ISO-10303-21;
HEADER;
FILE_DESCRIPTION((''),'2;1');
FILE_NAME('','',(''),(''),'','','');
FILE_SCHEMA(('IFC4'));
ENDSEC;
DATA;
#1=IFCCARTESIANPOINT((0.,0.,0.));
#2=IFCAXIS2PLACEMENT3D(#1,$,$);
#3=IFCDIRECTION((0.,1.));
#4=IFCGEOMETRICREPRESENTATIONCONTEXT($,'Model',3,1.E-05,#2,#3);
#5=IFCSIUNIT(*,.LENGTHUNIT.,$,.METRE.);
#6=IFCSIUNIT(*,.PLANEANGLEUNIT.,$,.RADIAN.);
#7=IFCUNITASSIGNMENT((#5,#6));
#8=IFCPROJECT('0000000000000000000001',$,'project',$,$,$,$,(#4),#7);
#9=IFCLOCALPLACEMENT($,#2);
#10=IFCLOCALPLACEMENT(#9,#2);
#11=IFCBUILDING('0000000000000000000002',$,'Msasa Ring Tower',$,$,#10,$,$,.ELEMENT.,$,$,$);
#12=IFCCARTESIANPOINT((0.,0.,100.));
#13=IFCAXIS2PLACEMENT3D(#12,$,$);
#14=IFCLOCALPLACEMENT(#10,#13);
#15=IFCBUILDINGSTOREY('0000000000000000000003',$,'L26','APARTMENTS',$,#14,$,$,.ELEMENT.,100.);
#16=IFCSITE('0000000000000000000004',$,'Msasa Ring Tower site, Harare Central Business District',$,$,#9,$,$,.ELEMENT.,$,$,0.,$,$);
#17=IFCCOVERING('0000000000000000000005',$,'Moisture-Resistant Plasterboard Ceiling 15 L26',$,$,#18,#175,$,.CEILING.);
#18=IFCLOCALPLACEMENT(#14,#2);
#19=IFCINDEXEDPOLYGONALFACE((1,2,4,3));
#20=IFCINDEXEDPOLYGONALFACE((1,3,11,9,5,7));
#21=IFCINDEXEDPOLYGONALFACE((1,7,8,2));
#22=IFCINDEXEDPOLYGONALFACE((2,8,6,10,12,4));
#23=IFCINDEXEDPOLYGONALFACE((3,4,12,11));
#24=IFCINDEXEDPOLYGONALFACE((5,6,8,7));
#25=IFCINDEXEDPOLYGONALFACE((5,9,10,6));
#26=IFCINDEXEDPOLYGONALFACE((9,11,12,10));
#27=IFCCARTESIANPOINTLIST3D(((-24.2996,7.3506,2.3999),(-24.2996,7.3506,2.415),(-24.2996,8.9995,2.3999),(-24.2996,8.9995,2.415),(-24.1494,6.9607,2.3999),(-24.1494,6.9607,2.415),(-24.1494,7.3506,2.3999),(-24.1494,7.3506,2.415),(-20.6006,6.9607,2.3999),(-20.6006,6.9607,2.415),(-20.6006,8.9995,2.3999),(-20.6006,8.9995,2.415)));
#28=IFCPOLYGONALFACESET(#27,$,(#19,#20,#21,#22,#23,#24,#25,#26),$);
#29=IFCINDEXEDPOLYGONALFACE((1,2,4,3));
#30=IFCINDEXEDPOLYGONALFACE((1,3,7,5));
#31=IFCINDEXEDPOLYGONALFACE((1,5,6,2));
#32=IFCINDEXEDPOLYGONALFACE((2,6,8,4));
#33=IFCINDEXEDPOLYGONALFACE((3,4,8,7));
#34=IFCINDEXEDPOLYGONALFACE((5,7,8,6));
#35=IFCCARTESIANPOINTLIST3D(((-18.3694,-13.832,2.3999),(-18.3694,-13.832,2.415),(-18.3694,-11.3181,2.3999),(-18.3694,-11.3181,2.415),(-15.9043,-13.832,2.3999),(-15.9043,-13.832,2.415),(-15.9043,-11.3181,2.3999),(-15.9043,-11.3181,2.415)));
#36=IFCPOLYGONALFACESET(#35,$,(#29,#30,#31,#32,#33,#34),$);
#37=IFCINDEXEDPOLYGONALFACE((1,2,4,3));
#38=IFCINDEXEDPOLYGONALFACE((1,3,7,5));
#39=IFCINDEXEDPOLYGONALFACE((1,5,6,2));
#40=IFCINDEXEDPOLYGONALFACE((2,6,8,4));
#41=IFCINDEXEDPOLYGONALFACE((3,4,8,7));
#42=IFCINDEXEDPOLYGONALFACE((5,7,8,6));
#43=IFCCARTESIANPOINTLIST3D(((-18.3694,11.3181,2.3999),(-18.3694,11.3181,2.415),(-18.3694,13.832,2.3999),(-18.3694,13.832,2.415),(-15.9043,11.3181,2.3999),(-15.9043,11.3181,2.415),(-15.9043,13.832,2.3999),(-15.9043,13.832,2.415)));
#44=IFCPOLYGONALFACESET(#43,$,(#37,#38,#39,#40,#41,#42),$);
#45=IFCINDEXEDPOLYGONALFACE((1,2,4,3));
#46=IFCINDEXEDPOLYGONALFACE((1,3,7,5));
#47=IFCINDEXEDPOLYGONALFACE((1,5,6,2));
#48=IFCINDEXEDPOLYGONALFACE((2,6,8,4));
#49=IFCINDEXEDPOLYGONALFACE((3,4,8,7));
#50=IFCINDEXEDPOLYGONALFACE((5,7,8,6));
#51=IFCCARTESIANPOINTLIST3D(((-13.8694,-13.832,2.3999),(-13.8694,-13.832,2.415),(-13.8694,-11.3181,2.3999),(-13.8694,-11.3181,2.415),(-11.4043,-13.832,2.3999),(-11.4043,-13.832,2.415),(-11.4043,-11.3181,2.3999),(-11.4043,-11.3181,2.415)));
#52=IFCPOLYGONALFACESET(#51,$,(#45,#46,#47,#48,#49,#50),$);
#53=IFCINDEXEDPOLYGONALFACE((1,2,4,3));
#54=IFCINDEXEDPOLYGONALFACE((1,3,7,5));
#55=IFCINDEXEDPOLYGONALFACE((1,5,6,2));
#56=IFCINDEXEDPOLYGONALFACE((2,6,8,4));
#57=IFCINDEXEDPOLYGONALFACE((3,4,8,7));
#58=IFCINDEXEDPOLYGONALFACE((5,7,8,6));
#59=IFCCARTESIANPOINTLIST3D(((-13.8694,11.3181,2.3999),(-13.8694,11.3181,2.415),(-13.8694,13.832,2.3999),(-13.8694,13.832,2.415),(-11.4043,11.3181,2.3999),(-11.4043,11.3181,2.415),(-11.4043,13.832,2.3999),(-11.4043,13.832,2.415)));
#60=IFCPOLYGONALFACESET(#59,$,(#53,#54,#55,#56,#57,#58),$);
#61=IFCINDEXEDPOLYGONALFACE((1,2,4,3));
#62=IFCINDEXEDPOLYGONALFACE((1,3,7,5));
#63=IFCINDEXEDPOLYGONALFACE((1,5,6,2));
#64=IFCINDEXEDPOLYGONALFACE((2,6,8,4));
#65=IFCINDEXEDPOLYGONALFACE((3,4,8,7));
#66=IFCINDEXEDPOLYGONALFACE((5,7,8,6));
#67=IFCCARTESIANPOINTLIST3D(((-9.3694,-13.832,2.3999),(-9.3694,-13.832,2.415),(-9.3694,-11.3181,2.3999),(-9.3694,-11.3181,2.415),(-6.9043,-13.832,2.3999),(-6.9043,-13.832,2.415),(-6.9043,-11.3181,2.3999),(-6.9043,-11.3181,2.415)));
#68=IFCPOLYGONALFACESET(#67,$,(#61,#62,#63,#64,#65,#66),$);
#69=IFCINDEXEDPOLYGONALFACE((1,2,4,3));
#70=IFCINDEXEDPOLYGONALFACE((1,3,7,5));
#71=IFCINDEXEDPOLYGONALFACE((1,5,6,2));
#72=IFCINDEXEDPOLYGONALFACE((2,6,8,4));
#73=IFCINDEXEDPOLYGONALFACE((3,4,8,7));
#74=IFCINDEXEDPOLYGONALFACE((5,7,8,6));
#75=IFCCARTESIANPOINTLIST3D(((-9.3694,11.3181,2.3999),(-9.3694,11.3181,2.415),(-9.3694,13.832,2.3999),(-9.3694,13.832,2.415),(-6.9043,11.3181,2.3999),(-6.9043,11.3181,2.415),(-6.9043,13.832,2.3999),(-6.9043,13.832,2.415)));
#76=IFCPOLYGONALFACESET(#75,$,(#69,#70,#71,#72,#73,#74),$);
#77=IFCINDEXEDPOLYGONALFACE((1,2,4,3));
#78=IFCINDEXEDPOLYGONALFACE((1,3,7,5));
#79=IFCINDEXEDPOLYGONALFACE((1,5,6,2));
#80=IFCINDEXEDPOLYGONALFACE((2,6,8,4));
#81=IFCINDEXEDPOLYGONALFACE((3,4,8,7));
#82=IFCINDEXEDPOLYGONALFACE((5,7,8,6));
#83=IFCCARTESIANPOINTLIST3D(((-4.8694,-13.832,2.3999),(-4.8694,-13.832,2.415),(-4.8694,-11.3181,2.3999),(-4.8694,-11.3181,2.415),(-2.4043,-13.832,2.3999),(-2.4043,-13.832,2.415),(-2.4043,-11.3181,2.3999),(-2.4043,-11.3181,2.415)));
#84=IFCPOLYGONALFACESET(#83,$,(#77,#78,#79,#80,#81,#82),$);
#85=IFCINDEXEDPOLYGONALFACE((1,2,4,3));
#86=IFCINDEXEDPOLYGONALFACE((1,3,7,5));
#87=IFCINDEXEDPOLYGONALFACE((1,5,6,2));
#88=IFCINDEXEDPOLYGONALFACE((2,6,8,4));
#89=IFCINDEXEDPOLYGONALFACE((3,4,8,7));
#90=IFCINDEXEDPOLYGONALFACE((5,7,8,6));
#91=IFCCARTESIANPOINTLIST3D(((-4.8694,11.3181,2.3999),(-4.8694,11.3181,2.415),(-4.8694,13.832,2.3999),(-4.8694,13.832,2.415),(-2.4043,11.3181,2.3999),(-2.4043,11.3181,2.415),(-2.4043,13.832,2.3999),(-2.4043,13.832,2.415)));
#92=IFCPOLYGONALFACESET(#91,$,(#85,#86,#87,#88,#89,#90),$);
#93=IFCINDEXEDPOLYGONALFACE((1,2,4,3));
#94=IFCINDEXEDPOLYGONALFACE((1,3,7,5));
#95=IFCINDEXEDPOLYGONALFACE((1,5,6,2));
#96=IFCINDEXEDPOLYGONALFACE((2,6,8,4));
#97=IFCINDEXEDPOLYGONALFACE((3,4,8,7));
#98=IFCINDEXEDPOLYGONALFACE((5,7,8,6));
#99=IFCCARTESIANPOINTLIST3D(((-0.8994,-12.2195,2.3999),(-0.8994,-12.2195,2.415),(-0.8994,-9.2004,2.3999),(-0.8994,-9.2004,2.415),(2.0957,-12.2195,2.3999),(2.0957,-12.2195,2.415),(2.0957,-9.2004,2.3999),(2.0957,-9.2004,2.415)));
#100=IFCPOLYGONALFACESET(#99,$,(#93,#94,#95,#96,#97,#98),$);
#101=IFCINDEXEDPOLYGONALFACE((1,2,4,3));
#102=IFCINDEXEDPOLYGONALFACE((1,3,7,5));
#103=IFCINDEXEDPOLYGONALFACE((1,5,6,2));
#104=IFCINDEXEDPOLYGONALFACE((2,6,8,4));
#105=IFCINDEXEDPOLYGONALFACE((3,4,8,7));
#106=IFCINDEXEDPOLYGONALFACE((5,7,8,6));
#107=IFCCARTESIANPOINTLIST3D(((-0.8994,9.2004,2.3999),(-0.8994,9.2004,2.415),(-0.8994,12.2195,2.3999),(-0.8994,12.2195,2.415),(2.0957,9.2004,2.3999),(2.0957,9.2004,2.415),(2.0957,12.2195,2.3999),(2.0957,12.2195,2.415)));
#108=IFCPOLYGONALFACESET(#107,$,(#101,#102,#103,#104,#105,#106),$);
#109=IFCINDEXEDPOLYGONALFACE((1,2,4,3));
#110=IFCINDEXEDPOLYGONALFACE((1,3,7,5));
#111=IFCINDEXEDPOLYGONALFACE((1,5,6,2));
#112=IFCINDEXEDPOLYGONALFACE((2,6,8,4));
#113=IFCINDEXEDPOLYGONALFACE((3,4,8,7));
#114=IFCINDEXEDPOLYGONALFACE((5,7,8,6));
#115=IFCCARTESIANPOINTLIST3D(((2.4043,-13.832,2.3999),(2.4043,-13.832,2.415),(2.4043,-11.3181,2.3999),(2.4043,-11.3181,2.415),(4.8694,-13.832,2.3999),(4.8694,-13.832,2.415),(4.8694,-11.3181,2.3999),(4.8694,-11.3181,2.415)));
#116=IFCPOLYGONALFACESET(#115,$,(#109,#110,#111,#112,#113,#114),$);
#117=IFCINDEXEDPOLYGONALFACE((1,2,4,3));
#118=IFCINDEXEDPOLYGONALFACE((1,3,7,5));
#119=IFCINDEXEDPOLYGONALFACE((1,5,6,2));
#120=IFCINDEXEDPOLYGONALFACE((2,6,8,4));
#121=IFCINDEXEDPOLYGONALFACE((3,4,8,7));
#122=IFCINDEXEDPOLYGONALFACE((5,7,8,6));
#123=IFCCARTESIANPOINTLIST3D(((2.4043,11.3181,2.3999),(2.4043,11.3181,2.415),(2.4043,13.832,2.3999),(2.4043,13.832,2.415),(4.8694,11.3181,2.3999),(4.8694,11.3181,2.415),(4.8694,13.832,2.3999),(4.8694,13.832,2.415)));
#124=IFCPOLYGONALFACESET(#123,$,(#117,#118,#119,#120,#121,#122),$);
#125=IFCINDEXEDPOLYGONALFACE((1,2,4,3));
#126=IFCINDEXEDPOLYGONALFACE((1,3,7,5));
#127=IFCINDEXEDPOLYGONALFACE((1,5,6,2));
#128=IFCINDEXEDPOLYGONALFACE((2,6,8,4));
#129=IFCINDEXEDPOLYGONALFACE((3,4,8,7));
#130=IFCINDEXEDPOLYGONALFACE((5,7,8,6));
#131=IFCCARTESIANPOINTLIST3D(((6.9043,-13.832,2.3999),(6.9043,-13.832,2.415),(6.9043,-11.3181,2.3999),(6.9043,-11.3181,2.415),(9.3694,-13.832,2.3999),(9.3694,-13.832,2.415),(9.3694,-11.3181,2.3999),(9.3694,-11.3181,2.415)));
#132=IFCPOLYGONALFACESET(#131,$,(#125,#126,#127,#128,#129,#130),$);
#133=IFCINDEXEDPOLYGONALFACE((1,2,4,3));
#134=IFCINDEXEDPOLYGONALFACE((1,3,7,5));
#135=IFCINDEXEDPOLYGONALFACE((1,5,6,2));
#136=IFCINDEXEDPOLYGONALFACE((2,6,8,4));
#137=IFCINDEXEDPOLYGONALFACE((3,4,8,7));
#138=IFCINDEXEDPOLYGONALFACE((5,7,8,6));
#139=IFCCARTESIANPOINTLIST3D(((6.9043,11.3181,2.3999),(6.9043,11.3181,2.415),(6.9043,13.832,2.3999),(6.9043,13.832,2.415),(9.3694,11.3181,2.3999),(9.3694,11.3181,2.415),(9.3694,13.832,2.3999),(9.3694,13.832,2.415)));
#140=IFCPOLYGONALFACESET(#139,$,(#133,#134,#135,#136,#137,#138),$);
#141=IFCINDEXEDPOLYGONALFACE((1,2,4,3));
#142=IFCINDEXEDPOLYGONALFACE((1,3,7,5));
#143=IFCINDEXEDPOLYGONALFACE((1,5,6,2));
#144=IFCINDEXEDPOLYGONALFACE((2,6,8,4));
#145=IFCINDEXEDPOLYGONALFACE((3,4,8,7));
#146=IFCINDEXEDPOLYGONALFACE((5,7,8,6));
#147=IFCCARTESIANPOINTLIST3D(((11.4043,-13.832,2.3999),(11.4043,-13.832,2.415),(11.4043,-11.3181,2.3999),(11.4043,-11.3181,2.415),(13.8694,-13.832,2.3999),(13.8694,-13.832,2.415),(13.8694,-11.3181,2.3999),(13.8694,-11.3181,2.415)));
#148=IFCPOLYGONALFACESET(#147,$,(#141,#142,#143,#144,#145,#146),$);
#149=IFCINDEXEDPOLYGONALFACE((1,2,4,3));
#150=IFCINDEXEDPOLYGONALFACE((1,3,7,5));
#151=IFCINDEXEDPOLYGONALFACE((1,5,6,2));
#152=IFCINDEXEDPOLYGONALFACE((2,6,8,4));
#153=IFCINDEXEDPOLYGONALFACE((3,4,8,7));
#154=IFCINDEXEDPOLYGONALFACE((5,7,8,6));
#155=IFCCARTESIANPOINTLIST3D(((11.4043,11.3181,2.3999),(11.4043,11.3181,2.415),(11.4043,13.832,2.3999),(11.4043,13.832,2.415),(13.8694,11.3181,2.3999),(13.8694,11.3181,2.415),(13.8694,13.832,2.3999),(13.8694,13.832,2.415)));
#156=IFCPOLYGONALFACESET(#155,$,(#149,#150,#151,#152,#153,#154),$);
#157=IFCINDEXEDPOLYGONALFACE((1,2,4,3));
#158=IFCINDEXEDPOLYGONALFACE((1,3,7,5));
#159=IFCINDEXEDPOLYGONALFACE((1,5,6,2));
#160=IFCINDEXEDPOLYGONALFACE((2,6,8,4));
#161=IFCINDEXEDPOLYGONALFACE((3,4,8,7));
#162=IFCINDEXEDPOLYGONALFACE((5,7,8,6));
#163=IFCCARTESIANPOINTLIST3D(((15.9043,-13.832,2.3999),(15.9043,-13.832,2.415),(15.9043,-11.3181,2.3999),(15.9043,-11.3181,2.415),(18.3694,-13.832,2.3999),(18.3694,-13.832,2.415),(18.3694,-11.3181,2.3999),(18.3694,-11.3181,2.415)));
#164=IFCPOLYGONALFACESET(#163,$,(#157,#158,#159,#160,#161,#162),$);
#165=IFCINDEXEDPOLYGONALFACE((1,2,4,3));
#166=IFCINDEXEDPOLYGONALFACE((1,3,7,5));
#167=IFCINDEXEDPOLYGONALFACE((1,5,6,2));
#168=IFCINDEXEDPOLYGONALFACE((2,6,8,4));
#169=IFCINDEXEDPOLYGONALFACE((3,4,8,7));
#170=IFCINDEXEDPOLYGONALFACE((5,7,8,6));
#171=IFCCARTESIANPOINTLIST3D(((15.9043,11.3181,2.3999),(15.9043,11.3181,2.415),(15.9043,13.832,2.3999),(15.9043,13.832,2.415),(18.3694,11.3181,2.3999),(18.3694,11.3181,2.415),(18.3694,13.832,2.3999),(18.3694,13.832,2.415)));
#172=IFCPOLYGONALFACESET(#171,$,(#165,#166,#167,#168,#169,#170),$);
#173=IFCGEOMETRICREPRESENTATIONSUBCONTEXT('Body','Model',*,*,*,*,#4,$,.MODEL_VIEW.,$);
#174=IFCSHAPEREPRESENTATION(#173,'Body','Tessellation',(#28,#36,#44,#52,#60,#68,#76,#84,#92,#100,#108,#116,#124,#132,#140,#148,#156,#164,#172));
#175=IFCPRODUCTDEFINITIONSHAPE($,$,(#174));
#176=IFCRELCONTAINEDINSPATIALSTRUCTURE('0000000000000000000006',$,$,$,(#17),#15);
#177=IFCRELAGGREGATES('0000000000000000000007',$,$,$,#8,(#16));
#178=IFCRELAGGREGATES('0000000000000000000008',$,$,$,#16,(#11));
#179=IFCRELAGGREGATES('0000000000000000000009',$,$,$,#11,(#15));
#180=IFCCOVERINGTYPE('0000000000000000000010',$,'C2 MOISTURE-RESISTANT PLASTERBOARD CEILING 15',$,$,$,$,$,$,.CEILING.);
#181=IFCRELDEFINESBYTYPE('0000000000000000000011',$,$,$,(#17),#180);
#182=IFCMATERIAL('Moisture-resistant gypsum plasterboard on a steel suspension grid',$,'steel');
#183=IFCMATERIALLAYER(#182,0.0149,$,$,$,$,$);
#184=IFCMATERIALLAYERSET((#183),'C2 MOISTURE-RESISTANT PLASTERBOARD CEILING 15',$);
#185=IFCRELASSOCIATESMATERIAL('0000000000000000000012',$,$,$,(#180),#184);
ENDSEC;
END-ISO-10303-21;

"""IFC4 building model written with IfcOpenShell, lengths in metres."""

from ifc_helpers import new_model, si_unit, direction, frame, origin, place, context, subcontext, project, spatial, line, indexed_curve, outline, extrude, material, layer, layer_set, type_object, element, save


model = new_model("IFC4")

# Units and contexts
model_context = context("Model", 3, precision=1e-05, world=origin(), true_north=direction((0.0, 1.0)))
body_context = subcontext(model_context, "Body", "Model", "MODEL_VIEW")
ifc_project = project(units=[si_unit("LENGTHUNIT", "METRE"), si_unit("PLANEANGLEUNIT", "RADIAN")], contexts=[model_context])

# Site, building, storey
site_placement = place(None, origin())
site = spatial("IfcSite", under=ifc_project, at=site_placement, Name="Msasa Ring Tower site, Harare Central Business District", CompositionType="ELEMENT", RefElevation=0.0)
building_placement = place(site_placement, origin())
building = spatial("IfcBuilding", under=site, at=building_placement, Name="Msasa Ring Tower", CompositionType="ELEMENT")
storey_placement = place(building_placement, frame((0.0, 0.0, 100.0)))
storey = spatial("IfcBuildingStorey", under=building, at=storey_placement, Name="L26", Description="APARTMENTS", CompositionType="ELEMENT", Elevation=100.0)

# Covering
ifc_material_1 = material(Name="Moisture-resistant gypsum plasterboard on a steel suspension grid", Category="steel")
ifc_layer_1 = layer(ifc_material_1, 0.0149)
ifc_layer_set_1 = layer_set([ifc_layer_1], Name="C2 MOISTURE-RESISTANT PLASTERBOARD CEILING 15")
covering_type_1 = type_object("IfcCoveringType", Name="C2 MOISTURE-RESISTANT PLASTERBOARD CEILING 15", PredefinedType="CEILING", material=ifc_layer_set_1)
covering_1_placement = place(storey_placement, frame((0.0, 0.0, 2.3999)))
element("IfcCovering", 1, at=covering_1_placement, inside=storey, type_object=covering_type_1, Name="Moisture-Resistant Plasterboard Ceiling 15 L26", PredefinedType="CEILING", context=body_context, shape_type="SweptSolid", body=[
    extrude(outline(indexed_curve([(-20.6006, 6.9607), (-24.1494, 6.9607), (-24.1494, 7.3506), (-24.2996, 7.3506), (-24.2996, 8.9995), (-20.6006, 8.9995)], segments=[line(1, 2, 3, 4, 5, 6, 1)], self_intersect=False)), origin(), (0.0, 0.0, 1.0), 0.0151),
    extrude(outline(indexed_curve([(-18.3694, -11.3181), (-15.9043, -11.3181), (-15.9043, -13.832), (-18.3694, -13.832)], segments=[line(1, 2, 3, 4, 1)], self_intersect=False)), origin(), (0.0, 0.0, 1.0), 0.0151),
    extrude(outline(indexed_curve([(-18.3694, 13.832), (-15.9043, 13.832), (-15.9043, 11.3181), (-18.3694, 11.3181)], segments=[line(1, 2, 3, 4, 1)], self_intersect=False)), origin(), (0.0, 0.0, 1.0), 0.0151),
    extrude(outline(indexed_curve([(-13.8694, -11.3181), (-11.4043, -11.3181), (-11.4043, -13.832), (-13.8694, -13.832)], segments=[line(1, 2, 3, 4, 1)], self_intersect=False)), origin(), (0.0, 0.0, 1.0), 0.0151),
    extrude(outline(indexed_curve([(-11.4043, 13.832), (-11.4043, 11.3181), (-13.8694, 11.3181), (-13.8694, 13.832)], segments=[line(1, 2, 3, 4, 1)], self_intersect=False)), origin(), (0.0, 0.0, 1.0), 0.0151),
    extrude(outline(indexed_curve([(-9.3694, -11.3181), (-6.9043, -11.3181), (-6.9043, -13.832), (-9.3694, -13.832)], segments=[line(1, 2, 3, 4, 1)], self_intersect=False)), origin(), (0.0, 0.0, 1.0), 0.0151),
    extrude(outline(indexed_curve([(-6.9043, 13.832), (-6.9043, 11.3181), (-9.3694, 11.3181), (-9.3694, 13.832)], segments=[line(1, 2, 3, 4, 1)], self_intersect=False)), origin(), (0.0, 0.0, 1.0), 0.0151),
    extrude(outline(indexed_curve([(-4.8694, -11.3181), (-2.4043, -11.3181), (-2.4043, -13.832), (-4.8694, -13.832)], segments=[line(1, 2, 3, 4, 1)], self_intersect=False)), origin(), (0.0, 0.0, 1.0), 0.0151),
    extrude(outline(indexed_curve([(-4.8694, 13.832), (-2.4043, 13.832), (-2.4043, 11.3181), (-4.8694, 11.3181)], segments=[line(1, 2, 3, 4, 1)], self_intersect=False)), origin(), (0.0, 0.0, 1.0), 0.0151),
    extrude(outline(indexed_curve([(-0.8994, -9.2004), (2.0957, -9.2004), (2.0957, -12.2195), (-0.8994, -12.2195)], segments=[line(1, 2, 3, 4, 1)], self_intersect=False)), origin(), (0.0, 0.0, 1.0), 0.0151),
    extrude(outline(indexed_curve([(-0.8994, 12.2195), (2.0957, 12.2195), (2.0957, 9.2004), (-0.8994, 9.2004)], segments=[line(1, 2, 3, 4, 1)], self_intersect=False)), origin(), (0.0, 0.0, 1.0), 0.0151),
    extrude(outline(indexed_curve([(4.8694, -11.3181), (4.8694, -13.832), (2.4043, -13.832), (2.4043, -11.3181)], segments=[line(1, 2, 3, 4, 1)], self_intersect=False)), origin(), (0.0, 0.0, 1.0), 0.0151),
    extrude(outline(indexed_curve([(4.8694, 13.832), (4.8694, 11.3181), (2.4043, 11.3181), (2.4043, 13.832)], segments=[line(1, 2, 3, 4, 1)], self_intersect=False)), origin(), (0.0, 0.0, 1.0), 0.0151),
    extrude(outline(indexed_curve([(9.3694, -11.3181), (9.3694, -13.832), (6.9043, -13.832), (6.9043, -11.3181)], segments=[line(1, 2, 3, 4, 1)], self_intersect=False)), origin(), (0.0, 0.0, 1.0), 0.0151),
    extrude(outline(indexed_curve([(9.3694, 13.832), (9.3694, 11.3181), (6.9043, 11.3181), (6.9043, 13.832)], segments=[line(1, 2, 3, 4, 1)], self_intersect=False)), origin(), (0.0, 0.0, 1.0), 0.0151),
    extrude(outline(indexed_curve([(13.8694, -11.3181), (13.8694, -13.832), (11.4043, -13.832), (11.4043, -11.3181)], segments=[line(1, 2, 3, 4, 1)], self_intersect=False)), origin(), (0.0, 0.0, 1.0), 0.0151),
    extrude(outline(indexed_curve([(13.8694, 13.832), (13.8694, 11.3181), (11.4043, 11.3181), (11.4043, 13.832)], segments=[line(1, 2, 3, 4, 1)], self_intersect=False)), origin(), (0.0, 0.0, 1.0), 0.0151),
    extrude(outline(indexed_curve([(18.3694, -11.3181), (18.3694, -13.832), (15.9043, -13.832), (15.9043, -11.3181)], segments=[line(1, 2, 3, 4, 1)], self_intersect=False)), origin(), (0.0, 0.0, 1.0), 0.0151),
    extrude(outline(indexed_curve([(18.3694, 13.832), (18.3694, 11.3181), (15.9043, 11.3181), (15.9043, 13.832)], segments=[line(1, 2, 3, 4, 1)], self_intersect=False)), origin(), (0.0, 0.0, 1.0), 0.0151),
])

save(model, "model.ifc")
